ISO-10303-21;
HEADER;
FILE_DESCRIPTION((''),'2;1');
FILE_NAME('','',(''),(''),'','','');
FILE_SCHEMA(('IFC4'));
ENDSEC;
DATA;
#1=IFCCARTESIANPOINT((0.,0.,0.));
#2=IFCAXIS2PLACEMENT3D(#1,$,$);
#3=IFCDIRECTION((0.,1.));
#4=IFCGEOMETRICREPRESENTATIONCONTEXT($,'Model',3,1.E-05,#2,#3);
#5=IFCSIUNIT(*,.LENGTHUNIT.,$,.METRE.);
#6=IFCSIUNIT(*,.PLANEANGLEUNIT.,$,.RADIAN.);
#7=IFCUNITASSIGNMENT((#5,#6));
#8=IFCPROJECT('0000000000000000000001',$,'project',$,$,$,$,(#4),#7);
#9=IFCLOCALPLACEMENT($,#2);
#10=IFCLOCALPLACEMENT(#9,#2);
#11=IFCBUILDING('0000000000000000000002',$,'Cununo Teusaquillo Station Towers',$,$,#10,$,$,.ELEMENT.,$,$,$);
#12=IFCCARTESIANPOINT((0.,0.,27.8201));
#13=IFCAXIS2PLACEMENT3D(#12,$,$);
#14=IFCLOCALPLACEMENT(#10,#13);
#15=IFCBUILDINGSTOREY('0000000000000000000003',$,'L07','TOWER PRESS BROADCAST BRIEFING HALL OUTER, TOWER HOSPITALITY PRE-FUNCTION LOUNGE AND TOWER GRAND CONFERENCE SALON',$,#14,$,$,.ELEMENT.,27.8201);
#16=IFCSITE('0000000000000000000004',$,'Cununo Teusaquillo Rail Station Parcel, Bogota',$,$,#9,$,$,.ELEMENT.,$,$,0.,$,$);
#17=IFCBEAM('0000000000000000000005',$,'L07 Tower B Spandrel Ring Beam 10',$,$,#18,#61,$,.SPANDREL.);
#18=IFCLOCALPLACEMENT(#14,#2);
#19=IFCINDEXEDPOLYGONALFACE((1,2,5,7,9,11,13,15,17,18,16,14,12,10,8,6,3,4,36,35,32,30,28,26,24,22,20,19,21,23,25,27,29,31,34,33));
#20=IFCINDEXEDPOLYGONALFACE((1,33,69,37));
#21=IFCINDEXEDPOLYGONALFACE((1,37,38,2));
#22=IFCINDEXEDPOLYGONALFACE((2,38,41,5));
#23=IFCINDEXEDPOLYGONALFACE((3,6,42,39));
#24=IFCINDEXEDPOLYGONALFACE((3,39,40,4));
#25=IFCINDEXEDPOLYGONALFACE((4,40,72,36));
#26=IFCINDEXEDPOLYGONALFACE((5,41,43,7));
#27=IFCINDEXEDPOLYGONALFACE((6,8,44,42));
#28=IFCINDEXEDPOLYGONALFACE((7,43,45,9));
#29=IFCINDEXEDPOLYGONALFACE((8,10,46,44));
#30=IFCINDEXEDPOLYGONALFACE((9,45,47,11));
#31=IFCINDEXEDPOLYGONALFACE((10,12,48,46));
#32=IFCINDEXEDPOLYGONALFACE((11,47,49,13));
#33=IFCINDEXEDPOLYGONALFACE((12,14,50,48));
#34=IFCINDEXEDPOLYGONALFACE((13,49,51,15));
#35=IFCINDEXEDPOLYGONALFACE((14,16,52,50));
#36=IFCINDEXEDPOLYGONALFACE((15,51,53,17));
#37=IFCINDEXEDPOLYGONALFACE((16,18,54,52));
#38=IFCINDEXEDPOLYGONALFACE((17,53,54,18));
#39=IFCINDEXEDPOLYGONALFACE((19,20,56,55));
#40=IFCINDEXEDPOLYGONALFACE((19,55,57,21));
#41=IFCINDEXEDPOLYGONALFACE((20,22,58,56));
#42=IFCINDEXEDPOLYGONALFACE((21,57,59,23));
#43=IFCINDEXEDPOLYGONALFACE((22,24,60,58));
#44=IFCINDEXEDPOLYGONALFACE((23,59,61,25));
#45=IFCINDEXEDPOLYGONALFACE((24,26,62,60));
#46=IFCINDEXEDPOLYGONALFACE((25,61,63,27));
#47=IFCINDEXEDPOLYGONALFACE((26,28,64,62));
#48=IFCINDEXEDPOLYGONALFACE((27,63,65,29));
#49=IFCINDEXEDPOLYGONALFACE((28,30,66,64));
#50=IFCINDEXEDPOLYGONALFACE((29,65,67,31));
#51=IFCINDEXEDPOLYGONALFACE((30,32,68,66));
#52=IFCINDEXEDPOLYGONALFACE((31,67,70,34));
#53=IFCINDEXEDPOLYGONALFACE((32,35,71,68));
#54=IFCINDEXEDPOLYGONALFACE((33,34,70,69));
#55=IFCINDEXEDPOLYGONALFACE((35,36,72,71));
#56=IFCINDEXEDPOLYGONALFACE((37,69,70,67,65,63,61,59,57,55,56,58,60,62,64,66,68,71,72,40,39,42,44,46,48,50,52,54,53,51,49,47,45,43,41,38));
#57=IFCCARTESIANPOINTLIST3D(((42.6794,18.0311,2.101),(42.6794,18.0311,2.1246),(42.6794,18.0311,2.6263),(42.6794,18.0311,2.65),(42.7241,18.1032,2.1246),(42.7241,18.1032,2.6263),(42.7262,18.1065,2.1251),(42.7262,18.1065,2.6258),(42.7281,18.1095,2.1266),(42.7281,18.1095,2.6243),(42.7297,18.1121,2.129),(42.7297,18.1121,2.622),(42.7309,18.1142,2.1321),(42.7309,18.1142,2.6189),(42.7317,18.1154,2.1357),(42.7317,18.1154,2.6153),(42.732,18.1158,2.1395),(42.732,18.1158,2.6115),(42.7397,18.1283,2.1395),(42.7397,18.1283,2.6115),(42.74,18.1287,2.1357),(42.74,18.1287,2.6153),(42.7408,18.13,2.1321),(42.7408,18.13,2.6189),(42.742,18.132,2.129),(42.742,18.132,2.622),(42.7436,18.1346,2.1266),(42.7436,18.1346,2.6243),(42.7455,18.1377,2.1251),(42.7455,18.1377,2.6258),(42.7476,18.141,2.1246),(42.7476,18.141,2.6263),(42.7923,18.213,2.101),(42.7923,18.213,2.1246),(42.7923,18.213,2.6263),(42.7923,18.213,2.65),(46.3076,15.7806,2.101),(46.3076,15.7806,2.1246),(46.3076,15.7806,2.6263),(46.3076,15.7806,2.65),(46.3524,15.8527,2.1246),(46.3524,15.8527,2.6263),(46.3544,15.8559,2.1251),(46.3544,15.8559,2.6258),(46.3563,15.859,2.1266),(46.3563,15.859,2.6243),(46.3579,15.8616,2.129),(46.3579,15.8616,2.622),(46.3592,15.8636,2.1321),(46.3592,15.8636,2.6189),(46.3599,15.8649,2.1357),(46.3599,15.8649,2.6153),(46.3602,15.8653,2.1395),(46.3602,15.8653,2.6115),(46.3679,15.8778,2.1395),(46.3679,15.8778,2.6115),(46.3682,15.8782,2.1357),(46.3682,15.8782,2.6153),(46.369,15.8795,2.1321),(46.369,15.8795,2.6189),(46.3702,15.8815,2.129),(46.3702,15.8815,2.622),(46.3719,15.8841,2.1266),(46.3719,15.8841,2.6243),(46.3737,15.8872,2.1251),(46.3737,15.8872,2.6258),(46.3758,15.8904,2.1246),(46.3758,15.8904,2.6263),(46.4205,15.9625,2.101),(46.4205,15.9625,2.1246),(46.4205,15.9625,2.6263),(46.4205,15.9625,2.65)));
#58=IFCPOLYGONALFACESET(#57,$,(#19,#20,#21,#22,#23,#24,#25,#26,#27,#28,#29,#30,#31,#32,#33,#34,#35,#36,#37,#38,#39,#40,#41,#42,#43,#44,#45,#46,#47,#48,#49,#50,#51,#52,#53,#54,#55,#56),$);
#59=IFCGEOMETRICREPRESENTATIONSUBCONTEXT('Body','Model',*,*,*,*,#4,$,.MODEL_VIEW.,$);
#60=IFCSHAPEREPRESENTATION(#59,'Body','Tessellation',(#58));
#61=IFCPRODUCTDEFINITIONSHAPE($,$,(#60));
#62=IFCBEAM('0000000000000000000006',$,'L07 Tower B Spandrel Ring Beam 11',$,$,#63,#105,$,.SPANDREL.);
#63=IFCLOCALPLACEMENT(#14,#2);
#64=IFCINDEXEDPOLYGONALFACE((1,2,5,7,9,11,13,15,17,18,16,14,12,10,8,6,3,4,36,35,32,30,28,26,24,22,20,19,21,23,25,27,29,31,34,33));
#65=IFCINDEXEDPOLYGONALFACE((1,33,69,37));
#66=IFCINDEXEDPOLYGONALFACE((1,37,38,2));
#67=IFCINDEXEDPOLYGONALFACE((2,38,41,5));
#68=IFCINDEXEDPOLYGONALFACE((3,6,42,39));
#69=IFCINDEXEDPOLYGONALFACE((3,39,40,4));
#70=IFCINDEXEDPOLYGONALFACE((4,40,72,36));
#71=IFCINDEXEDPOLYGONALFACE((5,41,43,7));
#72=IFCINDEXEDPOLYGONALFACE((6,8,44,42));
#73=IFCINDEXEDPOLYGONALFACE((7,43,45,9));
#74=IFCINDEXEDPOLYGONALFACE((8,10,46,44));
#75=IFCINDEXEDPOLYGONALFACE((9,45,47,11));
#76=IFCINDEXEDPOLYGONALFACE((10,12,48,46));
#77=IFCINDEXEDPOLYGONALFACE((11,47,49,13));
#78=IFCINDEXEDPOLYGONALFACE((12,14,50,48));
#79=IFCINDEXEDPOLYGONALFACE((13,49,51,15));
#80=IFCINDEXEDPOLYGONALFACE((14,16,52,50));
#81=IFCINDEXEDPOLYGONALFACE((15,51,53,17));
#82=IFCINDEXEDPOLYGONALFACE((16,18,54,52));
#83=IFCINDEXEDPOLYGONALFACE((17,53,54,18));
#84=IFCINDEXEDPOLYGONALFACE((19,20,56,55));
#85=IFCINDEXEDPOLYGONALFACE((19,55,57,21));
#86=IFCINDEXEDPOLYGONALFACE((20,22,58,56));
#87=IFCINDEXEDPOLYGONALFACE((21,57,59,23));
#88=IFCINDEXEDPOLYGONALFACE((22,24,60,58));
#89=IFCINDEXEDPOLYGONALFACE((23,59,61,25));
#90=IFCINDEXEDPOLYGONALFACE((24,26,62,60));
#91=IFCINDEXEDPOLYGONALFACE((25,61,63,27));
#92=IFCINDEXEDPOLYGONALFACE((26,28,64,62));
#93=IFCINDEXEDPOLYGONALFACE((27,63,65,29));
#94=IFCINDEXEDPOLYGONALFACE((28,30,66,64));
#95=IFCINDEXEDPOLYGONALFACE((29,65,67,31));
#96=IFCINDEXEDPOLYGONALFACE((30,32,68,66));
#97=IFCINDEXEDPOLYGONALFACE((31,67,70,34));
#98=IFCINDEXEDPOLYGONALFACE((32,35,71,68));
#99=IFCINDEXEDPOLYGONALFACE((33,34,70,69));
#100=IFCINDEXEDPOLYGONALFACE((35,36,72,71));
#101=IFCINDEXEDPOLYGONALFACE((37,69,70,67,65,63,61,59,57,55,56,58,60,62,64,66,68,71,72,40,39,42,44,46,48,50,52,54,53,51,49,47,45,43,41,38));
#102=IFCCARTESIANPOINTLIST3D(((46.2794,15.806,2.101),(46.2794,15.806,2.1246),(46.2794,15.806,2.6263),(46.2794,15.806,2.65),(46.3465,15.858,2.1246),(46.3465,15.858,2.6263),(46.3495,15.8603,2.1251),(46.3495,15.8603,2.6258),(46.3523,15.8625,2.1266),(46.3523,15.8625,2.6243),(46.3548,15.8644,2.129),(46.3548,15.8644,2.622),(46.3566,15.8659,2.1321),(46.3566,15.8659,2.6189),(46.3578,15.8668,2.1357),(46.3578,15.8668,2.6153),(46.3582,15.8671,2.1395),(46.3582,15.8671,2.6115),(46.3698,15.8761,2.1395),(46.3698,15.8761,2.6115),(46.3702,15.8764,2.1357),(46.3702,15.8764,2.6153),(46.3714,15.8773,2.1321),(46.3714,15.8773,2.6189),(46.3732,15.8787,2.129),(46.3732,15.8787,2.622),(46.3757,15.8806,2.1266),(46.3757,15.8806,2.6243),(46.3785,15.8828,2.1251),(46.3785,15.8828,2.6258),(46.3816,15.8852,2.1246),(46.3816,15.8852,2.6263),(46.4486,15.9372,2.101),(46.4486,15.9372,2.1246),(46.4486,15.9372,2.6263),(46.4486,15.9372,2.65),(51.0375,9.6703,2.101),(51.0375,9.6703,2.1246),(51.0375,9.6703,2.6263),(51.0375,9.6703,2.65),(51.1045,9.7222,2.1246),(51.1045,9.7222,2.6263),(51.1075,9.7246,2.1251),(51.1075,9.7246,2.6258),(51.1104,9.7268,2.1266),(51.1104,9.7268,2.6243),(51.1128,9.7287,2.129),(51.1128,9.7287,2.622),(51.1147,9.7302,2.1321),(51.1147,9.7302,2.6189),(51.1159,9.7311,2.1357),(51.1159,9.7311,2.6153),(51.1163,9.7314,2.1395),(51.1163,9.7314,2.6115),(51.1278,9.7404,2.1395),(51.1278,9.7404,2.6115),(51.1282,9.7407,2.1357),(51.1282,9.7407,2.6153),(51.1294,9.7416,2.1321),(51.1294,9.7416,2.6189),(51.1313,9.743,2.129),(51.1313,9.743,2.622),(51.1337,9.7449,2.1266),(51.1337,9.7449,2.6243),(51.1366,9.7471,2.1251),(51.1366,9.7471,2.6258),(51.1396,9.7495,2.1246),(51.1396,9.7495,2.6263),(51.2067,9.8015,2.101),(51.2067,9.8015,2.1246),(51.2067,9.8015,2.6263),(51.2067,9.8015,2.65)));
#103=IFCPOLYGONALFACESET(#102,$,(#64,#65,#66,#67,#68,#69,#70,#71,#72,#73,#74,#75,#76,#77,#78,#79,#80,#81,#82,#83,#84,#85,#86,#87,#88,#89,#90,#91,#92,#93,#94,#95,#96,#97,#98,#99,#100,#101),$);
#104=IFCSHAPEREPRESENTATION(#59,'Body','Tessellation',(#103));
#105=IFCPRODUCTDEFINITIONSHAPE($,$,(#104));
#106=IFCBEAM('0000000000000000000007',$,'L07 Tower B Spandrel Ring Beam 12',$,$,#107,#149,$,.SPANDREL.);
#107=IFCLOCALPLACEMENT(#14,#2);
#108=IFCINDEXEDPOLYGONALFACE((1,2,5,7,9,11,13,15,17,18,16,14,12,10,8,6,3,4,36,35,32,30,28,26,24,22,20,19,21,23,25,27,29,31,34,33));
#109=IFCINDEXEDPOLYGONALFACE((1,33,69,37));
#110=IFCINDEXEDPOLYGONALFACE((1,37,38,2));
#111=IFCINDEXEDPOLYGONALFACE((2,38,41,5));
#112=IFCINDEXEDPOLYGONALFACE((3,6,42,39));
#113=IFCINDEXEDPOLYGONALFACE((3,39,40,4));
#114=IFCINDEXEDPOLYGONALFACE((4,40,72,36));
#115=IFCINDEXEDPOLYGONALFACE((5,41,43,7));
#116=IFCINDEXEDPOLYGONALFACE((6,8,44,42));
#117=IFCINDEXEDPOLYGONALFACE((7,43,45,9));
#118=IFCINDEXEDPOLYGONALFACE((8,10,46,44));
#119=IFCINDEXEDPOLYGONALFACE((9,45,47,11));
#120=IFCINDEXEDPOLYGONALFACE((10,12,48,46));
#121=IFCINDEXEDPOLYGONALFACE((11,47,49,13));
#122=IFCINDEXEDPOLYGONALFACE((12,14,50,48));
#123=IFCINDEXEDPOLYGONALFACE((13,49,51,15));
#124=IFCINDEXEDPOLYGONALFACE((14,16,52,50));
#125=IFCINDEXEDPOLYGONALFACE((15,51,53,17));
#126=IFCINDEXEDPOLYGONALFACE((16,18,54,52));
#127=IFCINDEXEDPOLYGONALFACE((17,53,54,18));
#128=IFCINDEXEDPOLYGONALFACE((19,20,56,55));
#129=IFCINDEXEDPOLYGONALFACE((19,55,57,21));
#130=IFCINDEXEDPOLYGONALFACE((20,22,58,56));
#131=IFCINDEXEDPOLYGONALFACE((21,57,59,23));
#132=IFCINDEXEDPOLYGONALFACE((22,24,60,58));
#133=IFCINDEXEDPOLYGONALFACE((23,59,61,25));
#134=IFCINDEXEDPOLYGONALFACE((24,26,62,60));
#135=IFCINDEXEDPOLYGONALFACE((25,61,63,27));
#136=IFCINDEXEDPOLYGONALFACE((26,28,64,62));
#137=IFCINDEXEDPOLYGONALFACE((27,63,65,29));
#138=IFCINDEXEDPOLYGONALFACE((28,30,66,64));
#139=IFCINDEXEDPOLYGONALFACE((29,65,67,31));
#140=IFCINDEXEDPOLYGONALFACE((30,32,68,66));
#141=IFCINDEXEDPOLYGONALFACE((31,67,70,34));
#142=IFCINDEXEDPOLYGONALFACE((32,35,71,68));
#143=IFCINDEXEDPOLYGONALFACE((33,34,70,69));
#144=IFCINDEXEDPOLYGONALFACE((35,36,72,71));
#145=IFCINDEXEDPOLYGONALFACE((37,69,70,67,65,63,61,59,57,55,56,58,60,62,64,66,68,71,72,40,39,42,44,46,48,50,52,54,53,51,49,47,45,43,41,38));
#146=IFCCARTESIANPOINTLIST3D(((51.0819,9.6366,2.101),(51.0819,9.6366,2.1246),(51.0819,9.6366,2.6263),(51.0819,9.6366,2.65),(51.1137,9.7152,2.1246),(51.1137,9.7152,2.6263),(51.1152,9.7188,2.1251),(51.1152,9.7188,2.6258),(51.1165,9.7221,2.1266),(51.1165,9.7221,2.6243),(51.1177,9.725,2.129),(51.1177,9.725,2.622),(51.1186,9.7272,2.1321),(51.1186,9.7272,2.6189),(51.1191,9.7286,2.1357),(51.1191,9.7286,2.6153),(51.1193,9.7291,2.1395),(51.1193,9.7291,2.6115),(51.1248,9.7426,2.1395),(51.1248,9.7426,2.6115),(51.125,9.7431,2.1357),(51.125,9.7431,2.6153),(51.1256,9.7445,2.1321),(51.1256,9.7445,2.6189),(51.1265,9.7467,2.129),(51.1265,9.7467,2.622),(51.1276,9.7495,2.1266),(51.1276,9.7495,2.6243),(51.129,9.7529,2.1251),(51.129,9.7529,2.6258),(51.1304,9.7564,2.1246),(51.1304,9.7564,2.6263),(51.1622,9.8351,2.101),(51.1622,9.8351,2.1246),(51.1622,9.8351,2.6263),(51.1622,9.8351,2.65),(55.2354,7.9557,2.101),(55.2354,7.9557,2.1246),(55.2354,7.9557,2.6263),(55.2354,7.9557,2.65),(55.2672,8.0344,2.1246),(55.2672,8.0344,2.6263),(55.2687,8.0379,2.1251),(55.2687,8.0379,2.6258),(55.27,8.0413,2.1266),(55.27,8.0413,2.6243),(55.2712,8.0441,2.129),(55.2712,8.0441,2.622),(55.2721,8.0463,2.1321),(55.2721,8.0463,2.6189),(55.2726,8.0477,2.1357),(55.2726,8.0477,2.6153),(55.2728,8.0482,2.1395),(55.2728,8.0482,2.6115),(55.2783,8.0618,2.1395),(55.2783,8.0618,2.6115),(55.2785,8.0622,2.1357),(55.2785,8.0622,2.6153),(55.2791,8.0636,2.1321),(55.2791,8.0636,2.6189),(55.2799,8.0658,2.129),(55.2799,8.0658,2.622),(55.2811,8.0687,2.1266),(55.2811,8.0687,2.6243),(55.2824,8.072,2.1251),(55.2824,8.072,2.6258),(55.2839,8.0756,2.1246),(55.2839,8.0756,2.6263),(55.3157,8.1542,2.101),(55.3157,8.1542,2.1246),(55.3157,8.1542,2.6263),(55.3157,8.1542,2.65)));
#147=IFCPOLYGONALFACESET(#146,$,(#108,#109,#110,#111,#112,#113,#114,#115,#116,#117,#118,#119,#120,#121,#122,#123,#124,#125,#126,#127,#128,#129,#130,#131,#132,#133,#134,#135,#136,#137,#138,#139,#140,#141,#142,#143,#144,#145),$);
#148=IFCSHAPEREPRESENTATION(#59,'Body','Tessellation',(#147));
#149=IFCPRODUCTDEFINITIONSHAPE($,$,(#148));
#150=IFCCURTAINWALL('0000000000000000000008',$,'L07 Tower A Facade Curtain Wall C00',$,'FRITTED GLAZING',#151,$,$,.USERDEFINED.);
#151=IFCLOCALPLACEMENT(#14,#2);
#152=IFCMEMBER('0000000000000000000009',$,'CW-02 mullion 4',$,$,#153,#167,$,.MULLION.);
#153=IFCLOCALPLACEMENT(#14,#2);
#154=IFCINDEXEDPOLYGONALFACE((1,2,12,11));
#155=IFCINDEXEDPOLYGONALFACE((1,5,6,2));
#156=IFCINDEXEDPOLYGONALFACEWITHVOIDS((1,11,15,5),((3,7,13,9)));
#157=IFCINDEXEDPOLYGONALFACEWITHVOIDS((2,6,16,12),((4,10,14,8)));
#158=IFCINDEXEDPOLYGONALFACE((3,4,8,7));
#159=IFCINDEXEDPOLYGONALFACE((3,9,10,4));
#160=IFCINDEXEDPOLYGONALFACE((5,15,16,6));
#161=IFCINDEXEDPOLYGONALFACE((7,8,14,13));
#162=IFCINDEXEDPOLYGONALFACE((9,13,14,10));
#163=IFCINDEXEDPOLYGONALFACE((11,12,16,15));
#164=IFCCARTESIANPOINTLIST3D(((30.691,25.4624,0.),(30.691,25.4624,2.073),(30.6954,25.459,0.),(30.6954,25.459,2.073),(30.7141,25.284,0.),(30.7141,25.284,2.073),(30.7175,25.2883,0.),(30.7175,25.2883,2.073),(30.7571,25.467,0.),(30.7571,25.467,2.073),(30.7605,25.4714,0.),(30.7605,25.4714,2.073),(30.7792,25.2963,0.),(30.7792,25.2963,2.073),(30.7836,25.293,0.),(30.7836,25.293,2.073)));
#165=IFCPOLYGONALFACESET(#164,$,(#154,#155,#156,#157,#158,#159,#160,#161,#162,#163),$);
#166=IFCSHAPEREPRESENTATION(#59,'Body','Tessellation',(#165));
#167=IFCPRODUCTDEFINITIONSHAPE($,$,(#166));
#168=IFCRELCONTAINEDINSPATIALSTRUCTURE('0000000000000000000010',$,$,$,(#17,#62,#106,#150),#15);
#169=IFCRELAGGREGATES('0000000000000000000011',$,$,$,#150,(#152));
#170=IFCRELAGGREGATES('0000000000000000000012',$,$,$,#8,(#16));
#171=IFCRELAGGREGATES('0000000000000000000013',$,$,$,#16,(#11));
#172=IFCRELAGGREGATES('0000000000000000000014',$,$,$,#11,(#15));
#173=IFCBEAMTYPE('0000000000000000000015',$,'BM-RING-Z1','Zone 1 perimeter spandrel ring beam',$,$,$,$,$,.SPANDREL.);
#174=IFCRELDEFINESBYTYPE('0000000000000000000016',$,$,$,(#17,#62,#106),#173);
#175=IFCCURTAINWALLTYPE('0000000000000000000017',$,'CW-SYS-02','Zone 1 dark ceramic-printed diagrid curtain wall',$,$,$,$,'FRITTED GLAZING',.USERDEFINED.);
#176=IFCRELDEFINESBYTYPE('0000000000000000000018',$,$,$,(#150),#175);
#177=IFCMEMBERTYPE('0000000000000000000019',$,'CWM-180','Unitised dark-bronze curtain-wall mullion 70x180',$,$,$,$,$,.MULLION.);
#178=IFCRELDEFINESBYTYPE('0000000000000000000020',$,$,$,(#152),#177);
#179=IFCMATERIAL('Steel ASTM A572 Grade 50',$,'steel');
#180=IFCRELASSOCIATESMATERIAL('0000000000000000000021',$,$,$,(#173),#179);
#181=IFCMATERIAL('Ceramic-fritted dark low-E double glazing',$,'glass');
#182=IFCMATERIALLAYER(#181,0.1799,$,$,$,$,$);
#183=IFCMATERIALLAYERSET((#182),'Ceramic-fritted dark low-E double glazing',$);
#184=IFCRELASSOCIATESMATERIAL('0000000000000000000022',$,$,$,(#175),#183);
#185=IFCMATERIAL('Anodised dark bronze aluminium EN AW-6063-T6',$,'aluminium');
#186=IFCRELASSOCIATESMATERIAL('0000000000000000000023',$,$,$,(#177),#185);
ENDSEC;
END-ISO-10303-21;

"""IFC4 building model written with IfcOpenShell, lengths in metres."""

from ifc_helpers import new_model, si_unit, direction, frame, origin, origin_2d, place, context, subcontext, project, spatial, hollow_rectangle, i_section, extrude, material, layer, layer_set, material_profile, profile_set, type_object, element, aggregate, save


model = new_model("IFC4")

# Units and contexts
model_context = context("Model", 3, precision=1e-05, world=origin(), true_north=direction((0.0, 1.0)))
body_context = subcontext(model_context, "Body", "Model", "MODEL_VIEW")
ifc_project = project(units=[si_unit("LENGTHUNIT", "METRE"), si_unit("PLANEANGLEUNIT", "RADIAN")], contexts=[model_context])

# Site, building, storey
site_placement = place(None, origin())
site = spatial("IfcSite", under=ifc_project, at=site_placement, Name="Cununo Teusaquillo Rail Station Parcel, Bogota", CompositionType="ELEMENT", RefElevation=0.0)
building_placement = place(site_placement, origin())
building = spatial("IfcBuilding", under=site, at=building_placement, Name="Cununo Teusaquillo Station Towers", CompositionType="ELEMENT")
storey_placement = place(building_placement, frame((0.0, 0.0, 27.8201)))
storey = spatial("IfcBuildingStorey", under=building, at=storey_placement, Name="L07", Description="TOWER PRESS BROADCAST BRIEFING HALL OUTER, TOWER HOSPITALITY PRE-FUNCTION LOUNGE AND TOWER GRAND CONFERENCE SALON", CompositionType="ELEMENT", Elevation=27.8201)

# Beams
ifc_material_1 = material(Name="Steel ASTM A572 Grade 50", Category="steel")
ifc_material_profile_1 = material_profile(ifc_material_1, i_section(OverallWidth=0.2141, OverallDepth=0.5491, WebThickness=0.0146, FlangeThickness=0.0237, FilletRadius=0.0149, at=origin_2d()), Name="W21X93")
ifc_profile_set_1 = profile_set([ifc_material_profile_1], Name="Steel ASTM A572 Grade 50")
beam_type_1 = type_object("IfcBeamType", Name="BM-RING-Z1", Description="Zone 1 perimeter spandrel ring beam", PredefinedType="SPANDREL", material=ifc_profile_set_1)
beam_1_placement = place(storey_placement, frame((42.7358, 18.1221, 2.3755), z_axis=(0.849796, -0.527112, 0.0), x_axis=(0.527112, 0.849796, 0.0)))
element("IfcBeam", 1, at=beam_1_placement, inside=storey, type_object=beam_type_1, Name="L07 Tower B Spandrel Ring Beam 10", PredefinedType="SPANDREL", context=body_context, shape_type="SweptSolid", body=[
    extrude(i_section(OverallWidth=0.2141, OverallDepth=0.5491, WebThickness=0.0146, FlangeThickness=0.0237, FilletRadius=0.0149, at=origin_2d()), origin(), (0.0, 0.0, 1.0), 4.2695),
])
beam_2_placement = place(storey_placement, frame((46.364, 15.8716, 2.3755), z_axis=(0.612801, -0.790237, 0.0), x_axis=(0.790237, 0.612801, 0.0)))
element("IfcBeam", 2, at=beam_2_placement, inside=storey, type_object=beam_type_1, Name="L07 Tower B Spandrel Ring Beam 11", PredefinedType="SPANDREL", context=body_context, shape_type="SweptSolid", body=[
    extrude(i_section(OverallWidth=0.2141, OverallDepth=0.5491, WebThickness=0.0146, FlangeThickness=0.0237, FilletRadius=0.0149, at=origin_2d()), origin(), (0.0, 0.0, 1.0), 7.7644),
])
beam_3_placement = place(storey_placement, frame((51.1221, 9.7358, 2.3755), z_axis=(0.92697, -0.375136, 0.0), x_axis=(0.375136, 0.92697, 0.0)))
element("IfcBeam", 3, at=beam_3_placement, inside=storey, type_object=beam_type_1, Name="L07 Tower B Spandrel Ring Beam 12", PredefinedType="SPANDREL", context=body_context, shape_type="SweptSolid", body=[
    extrude(i_section(OverallWidth=0.2141, OverallDepth=0.5491, WebThickness=0.0146, FlangeThickness=0.0237, FilletRadius=0.0149, at=origin_2d()), origin(), (0.0, 0.0, 1.0), 4.4807),
])

# Curtain wall, member
ifc_material_2 = material(Name="Ceramic-fritted dark low-E double glazing", Category="glass")
ifc_layer_1 = layer(ifc_material_2, 0.1799)
ifc_layer_set_1 = layer_set([ifc_layer_1], Name="Ceramic-fritted dark low-E double glazing")
curtain_wall_type = type_object("IfcCurtainWallType", Name="CW-SYS-02", Description="Zone 1 dark ceramic-printed diagrid curtain wall", ElementType="FRITTED GLAZING", PredefinedType="USERDEFINED", material=ifc_layer_set_1)
curtain_wall_placement = place(storey_placement, origin())
curtain_wall = element("IfcCurtainWall", 4, at=curtain_wall_placement, inside=storey, type_object=curtain_wall_type, Name="L07 Tower A Facade Curtain Wall C00", ObjectType="FRITTED GLAZING", PredefinedType="USERDEFINED")
ifc_material_3 = material(Name="Anodised dark bronze aluminium EN AW-6063-T6", Category="aluminium")
ifc_material_profile_2 = material_profile(ifc_material_3, hollow_rectangle(XDim=0.0701, YDim=0.1799, WallThickness=0.0039, at=origin_2d()), Name="CW-MULL-70x180")
ifc_profile_set_2 = profile_set([ifc_material_profile_2], Name="Anodised dark bronze aluminium EN AW-6063-T6")
member_type_1 = type_object("IfcMemberType", Name="CWM-180", Description="Unitised dark-bronze curtain-wall mullion 70x180", PredefinedType="MULLION", material=ifc_profile_set_2)
member_1_placement = place(storey_placement, frame((30.7373, 25.3777, 0.0), z_axis=(0.0, 0.0, 1.0), x_axis=(0.991736, 0.128292, 0.0)))
member_1 = element("IfcMember", 5, at=member_1_placement, type_object=member_type_1, Name="CW-02 mullion 4", PredefinedType="MULLION", context=body_context, shape_type="SweptSolid", body=[
    extrude(hollow_rectangle(XDim=0.0701, YDim=0.1799, WallThickness=0.0039, at=origin_2d()), origin(), (0.0, 0.0, 1.0), 2.073),
])
aggregate(curtain_wall, [member_1])

save(model, "model.ifc")
